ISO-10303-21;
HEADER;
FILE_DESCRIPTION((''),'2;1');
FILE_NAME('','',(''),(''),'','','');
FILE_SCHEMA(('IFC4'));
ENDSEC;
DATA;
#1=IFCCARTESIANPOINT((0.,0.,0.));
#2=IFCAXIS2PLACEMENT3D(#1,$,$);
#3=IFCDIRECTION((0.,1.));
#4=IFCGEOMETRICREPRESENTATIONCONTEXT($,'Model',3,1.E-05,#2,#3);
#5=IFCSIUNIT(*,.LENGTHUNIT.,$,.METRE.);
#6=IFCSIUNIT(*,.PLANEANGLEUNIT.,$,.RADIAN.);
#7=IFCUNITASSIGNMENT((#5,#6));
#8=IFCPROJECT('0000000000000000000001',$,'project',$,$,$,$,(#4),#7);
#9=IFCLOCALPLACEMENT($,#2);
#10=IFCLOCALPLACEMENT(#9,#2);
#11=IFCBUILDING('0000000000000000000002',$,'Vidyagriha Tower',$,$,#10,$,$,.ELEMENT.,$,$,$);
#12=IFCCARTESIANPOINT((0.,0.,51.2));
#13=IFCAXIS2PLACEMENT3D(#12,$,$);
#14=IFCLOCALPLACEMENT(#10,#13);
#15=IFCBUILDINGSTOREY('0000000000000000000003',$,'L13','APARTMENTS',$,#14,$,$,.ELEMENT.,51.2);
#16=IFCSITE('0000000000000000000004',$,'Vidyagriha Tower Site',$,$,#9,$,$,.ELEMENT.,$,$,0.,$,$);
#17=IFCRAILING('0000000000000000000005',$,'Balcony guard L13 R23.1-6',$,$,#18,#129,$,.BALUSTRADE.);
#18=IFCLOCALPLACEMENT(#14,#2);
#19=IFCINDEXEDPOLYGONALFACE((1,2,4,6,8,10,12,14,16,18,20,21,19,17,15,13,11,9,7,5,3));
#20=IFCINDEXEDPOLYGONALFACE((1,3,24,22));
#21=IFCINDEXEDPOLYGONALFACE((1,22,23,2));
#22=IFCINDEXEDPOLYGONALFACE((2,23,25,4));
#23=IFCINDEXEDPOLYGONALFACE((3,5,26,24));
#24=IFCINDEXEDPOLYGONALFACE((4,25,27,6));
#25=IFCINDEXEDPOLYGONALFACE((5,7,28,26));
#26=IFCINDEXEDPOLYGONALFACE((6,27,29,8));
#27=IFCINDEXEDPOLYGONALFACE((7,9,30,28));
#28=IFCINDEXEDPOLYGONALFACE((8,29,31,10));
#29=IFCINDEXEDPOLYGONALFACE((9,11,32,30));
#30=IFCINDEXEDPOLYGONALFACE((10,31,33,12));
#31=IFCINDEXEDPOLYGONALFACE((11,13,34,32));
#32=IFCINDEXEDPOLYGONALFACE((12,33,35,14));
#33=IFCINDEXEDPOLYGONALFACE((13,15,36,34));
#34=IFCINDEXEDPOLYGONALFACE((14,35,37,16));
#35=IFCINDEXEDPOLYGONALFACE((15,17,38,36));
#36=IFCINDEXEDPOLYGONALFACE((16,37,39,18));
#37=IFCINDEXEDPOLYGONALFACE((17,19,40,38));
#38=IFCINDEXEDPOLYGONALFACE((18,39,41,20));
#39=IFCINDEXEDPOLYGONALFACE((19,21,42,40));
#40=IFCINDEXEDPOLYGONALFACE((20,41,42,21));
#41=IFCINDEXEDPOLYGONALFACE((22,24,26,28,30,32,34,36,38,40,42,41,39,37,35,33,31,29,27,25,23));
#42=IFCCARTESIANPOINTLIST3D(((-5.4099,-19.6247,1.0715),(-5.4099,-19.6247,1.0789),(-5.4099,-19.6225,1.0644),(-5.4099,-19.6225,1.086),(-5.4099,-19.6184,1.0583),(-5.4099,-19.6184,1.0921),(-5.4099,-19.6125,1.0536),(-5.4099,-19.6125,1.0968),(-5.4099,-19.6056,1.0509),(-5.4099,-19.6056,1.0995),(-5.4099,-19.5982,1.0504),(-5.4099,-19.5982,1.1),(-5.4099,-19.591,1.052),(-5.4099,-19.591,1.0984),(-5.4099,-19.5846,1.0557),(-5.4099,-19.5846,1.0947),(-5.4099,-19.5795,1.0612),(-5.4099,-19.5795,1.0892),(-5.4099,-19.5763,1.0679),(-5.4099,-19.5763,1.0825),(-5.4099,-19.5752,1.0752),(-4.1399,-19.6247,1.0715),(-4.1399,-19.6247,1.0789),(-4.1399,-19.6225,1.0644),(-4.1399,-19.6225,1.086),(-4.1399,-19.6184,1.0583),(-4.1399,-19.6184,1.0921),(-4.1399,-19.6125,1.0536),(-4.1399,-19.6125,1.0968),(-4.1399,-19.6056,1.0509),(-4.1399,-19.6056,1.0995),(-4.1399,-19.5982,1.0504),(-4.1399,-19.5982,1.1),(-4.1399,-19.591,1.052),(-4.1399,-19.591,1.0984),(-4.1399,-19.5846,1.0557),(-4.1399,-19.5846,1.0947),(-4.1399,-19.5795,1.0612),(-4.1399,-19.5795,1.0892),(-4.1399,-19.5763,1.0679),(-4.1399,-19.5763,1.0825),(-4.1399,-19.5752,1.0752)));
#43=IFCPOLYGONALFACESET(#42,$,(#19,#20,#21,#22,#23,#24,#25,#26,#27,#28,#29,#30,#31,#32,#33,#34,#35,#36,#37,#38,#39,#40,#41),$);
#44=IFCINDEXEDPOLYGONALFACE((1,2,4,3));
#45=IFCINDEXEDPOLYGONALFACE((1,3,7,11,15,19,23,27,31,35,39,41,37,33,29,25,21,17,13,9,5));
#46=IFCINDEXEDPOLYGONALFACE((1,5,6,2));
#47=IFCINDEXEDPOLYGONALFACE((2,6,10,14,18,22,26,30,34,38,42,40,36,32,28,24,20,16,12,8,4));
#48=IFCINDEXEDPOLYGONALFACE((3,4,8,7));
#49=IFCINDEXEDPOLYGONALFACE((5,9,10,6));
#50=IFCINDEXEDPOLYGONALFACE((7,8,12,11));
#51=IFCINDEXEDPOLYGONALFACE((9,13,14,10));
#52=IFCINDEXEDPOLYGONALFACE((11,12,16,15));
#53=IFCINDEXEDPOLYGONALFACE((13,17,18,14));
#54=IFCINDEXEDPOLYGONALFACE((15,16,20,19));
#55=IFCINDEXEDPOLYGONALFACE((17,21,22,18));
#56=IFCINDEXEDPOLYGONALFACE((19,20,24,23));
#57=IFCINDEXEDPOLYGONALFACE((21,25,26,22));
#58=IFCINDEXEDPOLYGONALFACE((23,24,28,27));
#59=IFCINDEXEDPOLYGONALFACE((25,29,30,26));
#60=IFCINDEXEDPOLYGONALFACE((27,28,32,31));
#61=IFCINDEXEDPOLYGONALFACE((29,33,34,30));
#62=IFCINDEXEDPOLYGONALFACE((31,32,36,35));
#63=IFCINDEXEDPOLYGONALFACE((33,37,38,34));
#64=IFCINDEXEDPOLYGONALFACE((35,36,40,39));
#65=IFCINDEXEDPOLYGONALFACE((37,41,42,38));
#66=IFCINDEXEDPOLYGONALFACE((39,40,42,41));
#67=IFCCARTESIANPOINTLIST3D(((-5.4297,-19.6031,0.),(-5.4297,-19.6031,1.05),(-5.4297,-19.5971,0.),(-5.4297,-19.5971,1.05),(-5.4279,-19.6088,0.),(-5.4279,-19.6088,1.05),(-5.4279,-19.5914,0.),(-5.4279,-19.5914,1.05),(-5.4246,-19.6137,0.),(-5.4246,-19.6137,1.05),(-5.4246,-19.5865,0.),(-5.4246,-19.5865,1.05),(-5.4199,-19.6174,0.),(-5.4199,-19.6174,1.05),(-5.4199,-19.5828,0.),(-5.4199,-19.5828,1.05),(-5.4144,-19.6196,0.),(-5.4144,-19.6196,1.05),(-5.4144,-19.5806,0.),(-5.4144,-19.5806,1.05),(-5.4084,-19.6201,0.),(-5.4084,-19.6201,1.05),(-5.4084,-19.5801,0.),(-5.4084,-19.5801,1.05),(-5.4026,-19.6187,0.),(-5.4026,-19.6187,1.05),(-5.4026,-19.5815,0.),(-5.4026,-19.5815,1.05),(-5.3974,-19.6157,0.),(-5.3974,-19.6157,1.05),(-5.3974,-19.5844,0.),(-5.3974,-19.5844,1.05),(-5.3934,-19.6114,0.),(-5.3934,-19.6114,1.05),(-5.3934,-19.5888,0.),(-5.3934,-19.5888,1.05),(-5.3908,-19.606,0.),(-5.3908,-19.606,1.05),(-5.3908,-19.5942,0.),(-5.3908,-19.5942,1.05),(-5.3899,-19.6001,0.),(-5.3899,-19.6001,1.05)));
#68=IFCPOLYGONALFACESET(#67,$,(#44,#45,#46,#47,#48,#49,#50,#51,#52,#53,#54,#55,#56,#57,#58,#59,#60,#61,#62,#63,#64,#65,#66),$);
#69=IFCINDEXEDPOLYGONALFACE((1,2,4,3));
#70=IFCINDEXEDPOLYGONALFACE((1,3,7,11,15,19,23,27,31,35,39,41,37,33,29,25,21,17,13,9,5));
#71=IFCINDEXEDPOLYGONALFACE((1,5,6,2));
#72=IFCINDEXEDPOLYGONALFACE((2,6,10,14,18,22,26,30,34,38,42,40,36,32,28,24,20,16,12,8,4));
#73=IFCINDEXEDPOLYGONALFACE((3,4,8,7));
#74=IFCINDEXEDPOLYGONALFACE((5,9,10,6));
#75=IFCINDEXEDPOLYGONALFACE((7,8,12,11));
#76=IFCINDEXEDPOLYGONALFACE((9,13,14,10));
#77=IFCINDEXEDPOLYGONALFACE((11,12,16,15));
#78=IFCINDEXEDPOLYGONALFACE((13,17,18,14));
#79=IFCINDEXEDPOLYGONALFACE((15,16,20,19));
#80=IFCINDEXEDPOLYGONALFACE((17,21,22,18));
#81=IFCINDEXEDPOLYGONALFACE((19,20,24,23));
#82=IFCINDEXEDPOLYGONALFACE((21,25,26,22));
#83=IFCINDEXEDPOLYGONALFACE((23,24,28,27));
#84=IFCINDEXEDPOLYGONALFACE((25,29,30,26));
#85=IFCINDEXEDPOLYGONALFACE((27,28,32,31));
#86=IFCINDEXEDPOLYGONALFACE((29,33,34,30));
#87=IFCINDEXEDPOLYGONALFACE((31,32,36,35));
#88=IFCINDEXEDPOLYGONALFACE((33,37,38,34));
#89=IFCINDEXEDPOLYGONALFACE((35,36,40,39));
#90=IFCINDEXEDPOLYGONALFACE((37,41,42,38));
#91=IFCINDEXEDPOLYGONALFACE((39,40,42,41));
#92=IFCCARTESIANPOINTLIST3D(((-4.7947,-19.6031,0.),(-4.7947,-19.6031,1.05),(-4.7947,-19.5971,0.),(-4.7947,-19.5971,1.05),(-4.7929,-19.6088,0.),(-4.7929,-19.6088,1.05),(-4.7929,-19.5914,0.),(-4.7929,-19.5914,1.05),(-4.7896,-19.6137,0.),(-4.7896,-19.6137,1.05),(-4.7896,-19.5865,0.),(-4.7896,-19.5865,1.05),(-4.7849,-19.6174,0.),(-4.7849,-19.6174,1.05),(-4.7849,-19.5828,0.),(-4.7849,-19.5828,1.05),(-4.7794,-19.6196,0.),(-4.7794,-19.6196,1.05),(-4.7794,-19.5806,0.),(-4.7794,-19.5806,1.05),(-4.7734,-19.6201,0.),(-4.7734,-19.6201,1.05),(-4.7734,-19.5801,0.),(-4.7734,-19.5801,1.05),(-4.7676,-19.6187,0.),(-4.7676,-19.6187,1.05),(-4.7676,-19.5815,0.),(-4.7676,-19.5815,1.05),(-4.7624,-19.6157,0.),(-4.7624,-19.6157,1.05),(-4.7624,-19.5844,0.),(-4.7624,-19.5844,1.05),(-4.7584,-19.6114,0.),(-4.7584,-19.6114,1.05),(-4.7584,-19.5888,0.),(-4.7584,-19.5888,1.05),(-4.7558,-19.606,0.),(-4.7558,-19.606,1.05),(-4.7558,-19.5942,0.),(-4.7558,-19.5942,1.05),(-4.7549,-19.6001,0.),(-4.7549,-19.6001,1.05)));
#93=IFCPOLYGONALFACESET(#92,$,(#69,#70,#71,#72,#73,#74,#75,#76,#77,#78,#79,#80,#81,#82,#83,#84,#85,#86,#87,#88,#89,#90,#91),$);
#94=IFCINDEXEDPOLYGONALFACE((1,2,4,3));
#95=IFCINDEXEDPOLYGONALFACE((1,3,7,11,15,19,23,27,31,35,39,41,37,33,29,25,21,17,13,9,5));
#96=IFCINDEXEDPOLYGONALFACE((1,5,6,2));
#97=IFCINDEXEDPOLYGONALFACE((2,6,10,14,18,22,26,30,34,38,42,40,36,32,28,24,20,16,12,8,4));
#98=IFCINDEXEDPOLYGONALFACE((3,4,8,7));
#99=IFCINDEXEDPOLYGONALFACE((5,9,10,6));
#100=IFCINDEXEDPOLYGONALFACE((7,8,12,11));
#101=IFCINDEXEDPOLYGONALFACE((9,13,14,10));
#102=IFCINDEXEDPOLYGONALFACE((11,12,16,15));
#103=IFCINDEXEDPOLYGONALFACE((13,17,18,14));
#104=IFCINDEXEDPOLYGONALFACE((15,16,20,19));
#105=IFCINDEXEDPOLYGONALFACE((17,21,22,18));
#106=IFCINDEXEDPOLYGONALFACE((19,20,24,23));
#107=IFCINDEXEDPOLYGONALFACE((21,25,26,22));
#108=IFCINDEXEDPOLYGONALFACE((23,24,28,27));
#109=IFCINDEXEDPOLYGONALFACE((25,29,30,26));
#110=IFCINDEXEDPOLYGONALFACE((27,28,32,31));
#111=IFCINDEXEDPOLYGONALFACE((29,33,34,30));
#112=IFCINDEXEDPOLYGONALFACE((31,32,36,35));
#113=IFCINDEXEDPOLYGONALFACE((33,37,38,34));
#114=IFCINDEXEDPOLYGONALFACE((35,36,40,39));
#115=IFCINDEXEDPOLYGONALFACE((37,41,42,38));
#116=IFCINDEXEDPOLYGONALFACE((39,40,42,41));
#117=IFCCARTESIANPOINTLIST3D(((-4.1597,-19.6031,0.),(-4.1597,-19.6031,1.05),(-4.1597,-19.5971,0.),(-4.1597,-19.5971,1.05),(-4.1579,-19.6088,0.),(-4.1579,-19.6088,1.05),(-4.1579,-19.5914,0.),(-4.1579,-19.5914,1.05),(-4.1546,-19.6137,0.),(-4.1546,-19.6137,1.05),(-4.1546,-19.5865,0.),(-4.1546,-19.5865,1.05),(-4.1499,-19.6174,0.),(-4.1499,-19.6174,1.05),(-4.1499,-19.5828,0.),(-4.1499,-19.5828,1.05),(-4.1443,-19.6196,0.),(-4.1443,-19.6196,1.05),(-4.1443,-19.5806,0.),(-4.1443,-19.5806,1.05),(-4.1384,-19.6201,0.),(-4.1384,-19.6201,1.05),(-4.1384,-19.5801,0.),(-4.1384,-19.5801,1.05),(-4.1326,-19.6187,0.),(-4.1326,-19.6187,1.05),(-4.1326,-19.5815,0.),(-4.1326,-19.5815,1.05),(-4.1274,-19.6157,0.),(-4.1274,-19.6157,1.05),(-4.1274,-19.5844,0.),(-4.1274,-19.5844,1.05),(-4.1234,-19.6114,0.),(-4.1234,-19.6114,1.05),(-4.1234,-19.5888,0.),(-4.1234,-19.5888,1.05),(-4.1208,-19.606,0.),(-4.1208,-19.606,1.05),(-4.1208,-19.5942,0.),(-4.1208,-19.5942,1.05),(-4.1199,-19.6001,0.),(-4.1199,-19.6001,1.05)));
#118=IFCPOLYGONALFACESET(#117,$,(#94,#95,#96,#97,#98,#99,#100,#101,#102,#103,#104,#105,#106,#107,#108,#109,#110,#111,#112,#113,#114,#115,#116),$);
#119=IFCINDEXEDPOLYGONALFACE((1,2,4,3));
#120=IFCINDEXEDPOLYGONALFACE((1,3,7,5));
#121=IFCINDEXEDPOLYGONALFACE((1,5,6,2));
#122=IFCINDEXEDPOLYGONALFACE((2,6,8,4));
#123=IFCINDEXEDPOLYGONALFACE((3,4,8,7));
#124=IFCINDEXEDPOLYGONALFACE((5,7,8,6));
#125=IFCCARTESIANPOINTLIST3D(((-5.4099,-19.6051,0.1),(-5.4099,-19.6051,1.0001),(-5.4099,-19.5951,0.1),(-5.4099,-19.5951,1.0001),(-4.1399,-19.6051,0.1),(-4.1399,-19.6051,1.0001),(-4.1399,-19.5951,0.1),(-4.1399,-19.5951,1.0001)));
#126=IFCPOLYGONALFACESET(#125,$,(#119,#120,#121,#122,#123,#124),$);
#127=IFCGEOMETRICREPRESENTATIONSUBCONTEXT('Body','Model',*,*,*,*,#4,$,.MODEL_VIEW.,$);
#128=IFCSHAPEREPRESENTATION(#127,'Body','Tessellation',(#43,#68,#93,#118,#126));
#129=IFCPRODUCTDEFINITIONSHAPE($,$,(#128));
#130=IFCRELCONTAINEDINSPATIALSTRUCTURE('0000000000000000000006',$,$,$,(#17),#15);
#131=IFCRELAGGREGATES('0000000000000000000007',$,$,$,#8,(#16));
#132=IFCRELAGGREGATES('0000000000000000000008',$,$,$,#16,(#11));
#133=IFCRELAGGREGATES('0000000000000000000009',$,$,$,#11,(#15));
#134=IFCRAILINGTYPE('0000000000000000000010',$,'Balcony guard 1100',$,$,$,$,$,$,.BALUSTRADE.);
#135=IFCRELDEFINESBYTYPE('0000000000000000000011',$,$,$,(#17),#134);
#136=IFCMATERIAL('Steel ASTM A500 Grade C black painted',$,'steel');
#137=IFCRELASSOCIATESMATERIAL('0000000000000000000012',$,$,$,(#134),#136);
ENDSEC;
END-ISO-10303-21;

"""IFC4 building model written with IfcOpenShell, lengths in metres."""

from ifc_helpers import new_model, si_unit, direction, frame, origin, origin_2d, place, context, subcontext, project, spatial, rectangle, circle, extrude, material, type_object, element, save


model = new_model("IFC4")

# Units and contexts
model_context = context("Model", 3, precision=1e-05, world=origin(), true_north=direction((0.0, 1.0)))
body_context = subcontext(model_context, "Body", "Model", "MODEL_VIEW")
ifc_project = project(units=[si_unit("LENGTHUNIT", "METRE"), si_unit("PLANEANGLEUNIT", "RADIAN")], contexts=[model_context])

# Site, building, storey
site_placement = place(None, origin())
site = spatial("IfcSite", under=ifc_project, at=site_placement, Name="Vidyagriha Tower Site", CompositionType="ELEMENT", RefElevation=0.0)
building_placement = place(site_placement, origin())
building = spatial("IfcBuilding", under=site, at=building_placement, Name="Vidyagriha Tower", CompositionType="ELEMENT")
storey_placement = place(building_placement, frame((0.0, 0.0, 51.2)))
storey = spatial("IfcBuildingStorey", under=building, at=storey_placement, Name="L13", Description="APARTMENTS", CompositionType="ELEMENT", Elevation=51.2)

# Railing
ifc_material_1 = material(Name="Steel ASTM A500 Grade C black painted", Category="steel")
railing_type = type_object("IfcRailingType", Name="Balcony guard 1100", PredefinedType="BALUSTRADE", material=ifc_material_1)
railing_1_placement = place(storey_placement, frame((-5.4099, -19.6001, 0.0)))
element("IfcRailing", 1, at=railing_1_placement, inside=storey, type_object=railing_type, Name="Balcony guard L13 R23.1-6", PredefinedType="BALUSTRADE", context=body_context, shape_type="SweptSolid", body=[
    extrude(circle(Radius=0.0249, at=origin_2d()), frame((0.0, 0.0, 1.0752), z_axis=(1.0, 0.0, 0.0), x_axis=(0.0, 1.0, 0.0)), (0.0, 0.0, 1.0), 1.27),
    extrude(circle(Radius=0.02, at=origin_2d()), origin(), (0.0, 0.0, 1.0), 1.05),
    extrude(circle(Radius=0.02, at=origin_2d()), frame((0.635, 0.0, 0.0)), (0.0, 0.0, 1.0), 1.05),
    extrude(circle(Radius=0.02, at=origin_2d()), frame((1.27, 0.0, 0.0)), (0.0, 0.0, 1.0), 1.05),
    extrude(rectangle(XDim=0.01, YDim=0.9001, at=origin_2d()), frame((0.0, 0.0, 0.55), z_axis=(1.0, 0.0, 0.0), x_axis=(0.0, 1.0, 0.0)), (0.0, 0.0, 1.0), 1.27),
])

save(model, "model.ifc")
